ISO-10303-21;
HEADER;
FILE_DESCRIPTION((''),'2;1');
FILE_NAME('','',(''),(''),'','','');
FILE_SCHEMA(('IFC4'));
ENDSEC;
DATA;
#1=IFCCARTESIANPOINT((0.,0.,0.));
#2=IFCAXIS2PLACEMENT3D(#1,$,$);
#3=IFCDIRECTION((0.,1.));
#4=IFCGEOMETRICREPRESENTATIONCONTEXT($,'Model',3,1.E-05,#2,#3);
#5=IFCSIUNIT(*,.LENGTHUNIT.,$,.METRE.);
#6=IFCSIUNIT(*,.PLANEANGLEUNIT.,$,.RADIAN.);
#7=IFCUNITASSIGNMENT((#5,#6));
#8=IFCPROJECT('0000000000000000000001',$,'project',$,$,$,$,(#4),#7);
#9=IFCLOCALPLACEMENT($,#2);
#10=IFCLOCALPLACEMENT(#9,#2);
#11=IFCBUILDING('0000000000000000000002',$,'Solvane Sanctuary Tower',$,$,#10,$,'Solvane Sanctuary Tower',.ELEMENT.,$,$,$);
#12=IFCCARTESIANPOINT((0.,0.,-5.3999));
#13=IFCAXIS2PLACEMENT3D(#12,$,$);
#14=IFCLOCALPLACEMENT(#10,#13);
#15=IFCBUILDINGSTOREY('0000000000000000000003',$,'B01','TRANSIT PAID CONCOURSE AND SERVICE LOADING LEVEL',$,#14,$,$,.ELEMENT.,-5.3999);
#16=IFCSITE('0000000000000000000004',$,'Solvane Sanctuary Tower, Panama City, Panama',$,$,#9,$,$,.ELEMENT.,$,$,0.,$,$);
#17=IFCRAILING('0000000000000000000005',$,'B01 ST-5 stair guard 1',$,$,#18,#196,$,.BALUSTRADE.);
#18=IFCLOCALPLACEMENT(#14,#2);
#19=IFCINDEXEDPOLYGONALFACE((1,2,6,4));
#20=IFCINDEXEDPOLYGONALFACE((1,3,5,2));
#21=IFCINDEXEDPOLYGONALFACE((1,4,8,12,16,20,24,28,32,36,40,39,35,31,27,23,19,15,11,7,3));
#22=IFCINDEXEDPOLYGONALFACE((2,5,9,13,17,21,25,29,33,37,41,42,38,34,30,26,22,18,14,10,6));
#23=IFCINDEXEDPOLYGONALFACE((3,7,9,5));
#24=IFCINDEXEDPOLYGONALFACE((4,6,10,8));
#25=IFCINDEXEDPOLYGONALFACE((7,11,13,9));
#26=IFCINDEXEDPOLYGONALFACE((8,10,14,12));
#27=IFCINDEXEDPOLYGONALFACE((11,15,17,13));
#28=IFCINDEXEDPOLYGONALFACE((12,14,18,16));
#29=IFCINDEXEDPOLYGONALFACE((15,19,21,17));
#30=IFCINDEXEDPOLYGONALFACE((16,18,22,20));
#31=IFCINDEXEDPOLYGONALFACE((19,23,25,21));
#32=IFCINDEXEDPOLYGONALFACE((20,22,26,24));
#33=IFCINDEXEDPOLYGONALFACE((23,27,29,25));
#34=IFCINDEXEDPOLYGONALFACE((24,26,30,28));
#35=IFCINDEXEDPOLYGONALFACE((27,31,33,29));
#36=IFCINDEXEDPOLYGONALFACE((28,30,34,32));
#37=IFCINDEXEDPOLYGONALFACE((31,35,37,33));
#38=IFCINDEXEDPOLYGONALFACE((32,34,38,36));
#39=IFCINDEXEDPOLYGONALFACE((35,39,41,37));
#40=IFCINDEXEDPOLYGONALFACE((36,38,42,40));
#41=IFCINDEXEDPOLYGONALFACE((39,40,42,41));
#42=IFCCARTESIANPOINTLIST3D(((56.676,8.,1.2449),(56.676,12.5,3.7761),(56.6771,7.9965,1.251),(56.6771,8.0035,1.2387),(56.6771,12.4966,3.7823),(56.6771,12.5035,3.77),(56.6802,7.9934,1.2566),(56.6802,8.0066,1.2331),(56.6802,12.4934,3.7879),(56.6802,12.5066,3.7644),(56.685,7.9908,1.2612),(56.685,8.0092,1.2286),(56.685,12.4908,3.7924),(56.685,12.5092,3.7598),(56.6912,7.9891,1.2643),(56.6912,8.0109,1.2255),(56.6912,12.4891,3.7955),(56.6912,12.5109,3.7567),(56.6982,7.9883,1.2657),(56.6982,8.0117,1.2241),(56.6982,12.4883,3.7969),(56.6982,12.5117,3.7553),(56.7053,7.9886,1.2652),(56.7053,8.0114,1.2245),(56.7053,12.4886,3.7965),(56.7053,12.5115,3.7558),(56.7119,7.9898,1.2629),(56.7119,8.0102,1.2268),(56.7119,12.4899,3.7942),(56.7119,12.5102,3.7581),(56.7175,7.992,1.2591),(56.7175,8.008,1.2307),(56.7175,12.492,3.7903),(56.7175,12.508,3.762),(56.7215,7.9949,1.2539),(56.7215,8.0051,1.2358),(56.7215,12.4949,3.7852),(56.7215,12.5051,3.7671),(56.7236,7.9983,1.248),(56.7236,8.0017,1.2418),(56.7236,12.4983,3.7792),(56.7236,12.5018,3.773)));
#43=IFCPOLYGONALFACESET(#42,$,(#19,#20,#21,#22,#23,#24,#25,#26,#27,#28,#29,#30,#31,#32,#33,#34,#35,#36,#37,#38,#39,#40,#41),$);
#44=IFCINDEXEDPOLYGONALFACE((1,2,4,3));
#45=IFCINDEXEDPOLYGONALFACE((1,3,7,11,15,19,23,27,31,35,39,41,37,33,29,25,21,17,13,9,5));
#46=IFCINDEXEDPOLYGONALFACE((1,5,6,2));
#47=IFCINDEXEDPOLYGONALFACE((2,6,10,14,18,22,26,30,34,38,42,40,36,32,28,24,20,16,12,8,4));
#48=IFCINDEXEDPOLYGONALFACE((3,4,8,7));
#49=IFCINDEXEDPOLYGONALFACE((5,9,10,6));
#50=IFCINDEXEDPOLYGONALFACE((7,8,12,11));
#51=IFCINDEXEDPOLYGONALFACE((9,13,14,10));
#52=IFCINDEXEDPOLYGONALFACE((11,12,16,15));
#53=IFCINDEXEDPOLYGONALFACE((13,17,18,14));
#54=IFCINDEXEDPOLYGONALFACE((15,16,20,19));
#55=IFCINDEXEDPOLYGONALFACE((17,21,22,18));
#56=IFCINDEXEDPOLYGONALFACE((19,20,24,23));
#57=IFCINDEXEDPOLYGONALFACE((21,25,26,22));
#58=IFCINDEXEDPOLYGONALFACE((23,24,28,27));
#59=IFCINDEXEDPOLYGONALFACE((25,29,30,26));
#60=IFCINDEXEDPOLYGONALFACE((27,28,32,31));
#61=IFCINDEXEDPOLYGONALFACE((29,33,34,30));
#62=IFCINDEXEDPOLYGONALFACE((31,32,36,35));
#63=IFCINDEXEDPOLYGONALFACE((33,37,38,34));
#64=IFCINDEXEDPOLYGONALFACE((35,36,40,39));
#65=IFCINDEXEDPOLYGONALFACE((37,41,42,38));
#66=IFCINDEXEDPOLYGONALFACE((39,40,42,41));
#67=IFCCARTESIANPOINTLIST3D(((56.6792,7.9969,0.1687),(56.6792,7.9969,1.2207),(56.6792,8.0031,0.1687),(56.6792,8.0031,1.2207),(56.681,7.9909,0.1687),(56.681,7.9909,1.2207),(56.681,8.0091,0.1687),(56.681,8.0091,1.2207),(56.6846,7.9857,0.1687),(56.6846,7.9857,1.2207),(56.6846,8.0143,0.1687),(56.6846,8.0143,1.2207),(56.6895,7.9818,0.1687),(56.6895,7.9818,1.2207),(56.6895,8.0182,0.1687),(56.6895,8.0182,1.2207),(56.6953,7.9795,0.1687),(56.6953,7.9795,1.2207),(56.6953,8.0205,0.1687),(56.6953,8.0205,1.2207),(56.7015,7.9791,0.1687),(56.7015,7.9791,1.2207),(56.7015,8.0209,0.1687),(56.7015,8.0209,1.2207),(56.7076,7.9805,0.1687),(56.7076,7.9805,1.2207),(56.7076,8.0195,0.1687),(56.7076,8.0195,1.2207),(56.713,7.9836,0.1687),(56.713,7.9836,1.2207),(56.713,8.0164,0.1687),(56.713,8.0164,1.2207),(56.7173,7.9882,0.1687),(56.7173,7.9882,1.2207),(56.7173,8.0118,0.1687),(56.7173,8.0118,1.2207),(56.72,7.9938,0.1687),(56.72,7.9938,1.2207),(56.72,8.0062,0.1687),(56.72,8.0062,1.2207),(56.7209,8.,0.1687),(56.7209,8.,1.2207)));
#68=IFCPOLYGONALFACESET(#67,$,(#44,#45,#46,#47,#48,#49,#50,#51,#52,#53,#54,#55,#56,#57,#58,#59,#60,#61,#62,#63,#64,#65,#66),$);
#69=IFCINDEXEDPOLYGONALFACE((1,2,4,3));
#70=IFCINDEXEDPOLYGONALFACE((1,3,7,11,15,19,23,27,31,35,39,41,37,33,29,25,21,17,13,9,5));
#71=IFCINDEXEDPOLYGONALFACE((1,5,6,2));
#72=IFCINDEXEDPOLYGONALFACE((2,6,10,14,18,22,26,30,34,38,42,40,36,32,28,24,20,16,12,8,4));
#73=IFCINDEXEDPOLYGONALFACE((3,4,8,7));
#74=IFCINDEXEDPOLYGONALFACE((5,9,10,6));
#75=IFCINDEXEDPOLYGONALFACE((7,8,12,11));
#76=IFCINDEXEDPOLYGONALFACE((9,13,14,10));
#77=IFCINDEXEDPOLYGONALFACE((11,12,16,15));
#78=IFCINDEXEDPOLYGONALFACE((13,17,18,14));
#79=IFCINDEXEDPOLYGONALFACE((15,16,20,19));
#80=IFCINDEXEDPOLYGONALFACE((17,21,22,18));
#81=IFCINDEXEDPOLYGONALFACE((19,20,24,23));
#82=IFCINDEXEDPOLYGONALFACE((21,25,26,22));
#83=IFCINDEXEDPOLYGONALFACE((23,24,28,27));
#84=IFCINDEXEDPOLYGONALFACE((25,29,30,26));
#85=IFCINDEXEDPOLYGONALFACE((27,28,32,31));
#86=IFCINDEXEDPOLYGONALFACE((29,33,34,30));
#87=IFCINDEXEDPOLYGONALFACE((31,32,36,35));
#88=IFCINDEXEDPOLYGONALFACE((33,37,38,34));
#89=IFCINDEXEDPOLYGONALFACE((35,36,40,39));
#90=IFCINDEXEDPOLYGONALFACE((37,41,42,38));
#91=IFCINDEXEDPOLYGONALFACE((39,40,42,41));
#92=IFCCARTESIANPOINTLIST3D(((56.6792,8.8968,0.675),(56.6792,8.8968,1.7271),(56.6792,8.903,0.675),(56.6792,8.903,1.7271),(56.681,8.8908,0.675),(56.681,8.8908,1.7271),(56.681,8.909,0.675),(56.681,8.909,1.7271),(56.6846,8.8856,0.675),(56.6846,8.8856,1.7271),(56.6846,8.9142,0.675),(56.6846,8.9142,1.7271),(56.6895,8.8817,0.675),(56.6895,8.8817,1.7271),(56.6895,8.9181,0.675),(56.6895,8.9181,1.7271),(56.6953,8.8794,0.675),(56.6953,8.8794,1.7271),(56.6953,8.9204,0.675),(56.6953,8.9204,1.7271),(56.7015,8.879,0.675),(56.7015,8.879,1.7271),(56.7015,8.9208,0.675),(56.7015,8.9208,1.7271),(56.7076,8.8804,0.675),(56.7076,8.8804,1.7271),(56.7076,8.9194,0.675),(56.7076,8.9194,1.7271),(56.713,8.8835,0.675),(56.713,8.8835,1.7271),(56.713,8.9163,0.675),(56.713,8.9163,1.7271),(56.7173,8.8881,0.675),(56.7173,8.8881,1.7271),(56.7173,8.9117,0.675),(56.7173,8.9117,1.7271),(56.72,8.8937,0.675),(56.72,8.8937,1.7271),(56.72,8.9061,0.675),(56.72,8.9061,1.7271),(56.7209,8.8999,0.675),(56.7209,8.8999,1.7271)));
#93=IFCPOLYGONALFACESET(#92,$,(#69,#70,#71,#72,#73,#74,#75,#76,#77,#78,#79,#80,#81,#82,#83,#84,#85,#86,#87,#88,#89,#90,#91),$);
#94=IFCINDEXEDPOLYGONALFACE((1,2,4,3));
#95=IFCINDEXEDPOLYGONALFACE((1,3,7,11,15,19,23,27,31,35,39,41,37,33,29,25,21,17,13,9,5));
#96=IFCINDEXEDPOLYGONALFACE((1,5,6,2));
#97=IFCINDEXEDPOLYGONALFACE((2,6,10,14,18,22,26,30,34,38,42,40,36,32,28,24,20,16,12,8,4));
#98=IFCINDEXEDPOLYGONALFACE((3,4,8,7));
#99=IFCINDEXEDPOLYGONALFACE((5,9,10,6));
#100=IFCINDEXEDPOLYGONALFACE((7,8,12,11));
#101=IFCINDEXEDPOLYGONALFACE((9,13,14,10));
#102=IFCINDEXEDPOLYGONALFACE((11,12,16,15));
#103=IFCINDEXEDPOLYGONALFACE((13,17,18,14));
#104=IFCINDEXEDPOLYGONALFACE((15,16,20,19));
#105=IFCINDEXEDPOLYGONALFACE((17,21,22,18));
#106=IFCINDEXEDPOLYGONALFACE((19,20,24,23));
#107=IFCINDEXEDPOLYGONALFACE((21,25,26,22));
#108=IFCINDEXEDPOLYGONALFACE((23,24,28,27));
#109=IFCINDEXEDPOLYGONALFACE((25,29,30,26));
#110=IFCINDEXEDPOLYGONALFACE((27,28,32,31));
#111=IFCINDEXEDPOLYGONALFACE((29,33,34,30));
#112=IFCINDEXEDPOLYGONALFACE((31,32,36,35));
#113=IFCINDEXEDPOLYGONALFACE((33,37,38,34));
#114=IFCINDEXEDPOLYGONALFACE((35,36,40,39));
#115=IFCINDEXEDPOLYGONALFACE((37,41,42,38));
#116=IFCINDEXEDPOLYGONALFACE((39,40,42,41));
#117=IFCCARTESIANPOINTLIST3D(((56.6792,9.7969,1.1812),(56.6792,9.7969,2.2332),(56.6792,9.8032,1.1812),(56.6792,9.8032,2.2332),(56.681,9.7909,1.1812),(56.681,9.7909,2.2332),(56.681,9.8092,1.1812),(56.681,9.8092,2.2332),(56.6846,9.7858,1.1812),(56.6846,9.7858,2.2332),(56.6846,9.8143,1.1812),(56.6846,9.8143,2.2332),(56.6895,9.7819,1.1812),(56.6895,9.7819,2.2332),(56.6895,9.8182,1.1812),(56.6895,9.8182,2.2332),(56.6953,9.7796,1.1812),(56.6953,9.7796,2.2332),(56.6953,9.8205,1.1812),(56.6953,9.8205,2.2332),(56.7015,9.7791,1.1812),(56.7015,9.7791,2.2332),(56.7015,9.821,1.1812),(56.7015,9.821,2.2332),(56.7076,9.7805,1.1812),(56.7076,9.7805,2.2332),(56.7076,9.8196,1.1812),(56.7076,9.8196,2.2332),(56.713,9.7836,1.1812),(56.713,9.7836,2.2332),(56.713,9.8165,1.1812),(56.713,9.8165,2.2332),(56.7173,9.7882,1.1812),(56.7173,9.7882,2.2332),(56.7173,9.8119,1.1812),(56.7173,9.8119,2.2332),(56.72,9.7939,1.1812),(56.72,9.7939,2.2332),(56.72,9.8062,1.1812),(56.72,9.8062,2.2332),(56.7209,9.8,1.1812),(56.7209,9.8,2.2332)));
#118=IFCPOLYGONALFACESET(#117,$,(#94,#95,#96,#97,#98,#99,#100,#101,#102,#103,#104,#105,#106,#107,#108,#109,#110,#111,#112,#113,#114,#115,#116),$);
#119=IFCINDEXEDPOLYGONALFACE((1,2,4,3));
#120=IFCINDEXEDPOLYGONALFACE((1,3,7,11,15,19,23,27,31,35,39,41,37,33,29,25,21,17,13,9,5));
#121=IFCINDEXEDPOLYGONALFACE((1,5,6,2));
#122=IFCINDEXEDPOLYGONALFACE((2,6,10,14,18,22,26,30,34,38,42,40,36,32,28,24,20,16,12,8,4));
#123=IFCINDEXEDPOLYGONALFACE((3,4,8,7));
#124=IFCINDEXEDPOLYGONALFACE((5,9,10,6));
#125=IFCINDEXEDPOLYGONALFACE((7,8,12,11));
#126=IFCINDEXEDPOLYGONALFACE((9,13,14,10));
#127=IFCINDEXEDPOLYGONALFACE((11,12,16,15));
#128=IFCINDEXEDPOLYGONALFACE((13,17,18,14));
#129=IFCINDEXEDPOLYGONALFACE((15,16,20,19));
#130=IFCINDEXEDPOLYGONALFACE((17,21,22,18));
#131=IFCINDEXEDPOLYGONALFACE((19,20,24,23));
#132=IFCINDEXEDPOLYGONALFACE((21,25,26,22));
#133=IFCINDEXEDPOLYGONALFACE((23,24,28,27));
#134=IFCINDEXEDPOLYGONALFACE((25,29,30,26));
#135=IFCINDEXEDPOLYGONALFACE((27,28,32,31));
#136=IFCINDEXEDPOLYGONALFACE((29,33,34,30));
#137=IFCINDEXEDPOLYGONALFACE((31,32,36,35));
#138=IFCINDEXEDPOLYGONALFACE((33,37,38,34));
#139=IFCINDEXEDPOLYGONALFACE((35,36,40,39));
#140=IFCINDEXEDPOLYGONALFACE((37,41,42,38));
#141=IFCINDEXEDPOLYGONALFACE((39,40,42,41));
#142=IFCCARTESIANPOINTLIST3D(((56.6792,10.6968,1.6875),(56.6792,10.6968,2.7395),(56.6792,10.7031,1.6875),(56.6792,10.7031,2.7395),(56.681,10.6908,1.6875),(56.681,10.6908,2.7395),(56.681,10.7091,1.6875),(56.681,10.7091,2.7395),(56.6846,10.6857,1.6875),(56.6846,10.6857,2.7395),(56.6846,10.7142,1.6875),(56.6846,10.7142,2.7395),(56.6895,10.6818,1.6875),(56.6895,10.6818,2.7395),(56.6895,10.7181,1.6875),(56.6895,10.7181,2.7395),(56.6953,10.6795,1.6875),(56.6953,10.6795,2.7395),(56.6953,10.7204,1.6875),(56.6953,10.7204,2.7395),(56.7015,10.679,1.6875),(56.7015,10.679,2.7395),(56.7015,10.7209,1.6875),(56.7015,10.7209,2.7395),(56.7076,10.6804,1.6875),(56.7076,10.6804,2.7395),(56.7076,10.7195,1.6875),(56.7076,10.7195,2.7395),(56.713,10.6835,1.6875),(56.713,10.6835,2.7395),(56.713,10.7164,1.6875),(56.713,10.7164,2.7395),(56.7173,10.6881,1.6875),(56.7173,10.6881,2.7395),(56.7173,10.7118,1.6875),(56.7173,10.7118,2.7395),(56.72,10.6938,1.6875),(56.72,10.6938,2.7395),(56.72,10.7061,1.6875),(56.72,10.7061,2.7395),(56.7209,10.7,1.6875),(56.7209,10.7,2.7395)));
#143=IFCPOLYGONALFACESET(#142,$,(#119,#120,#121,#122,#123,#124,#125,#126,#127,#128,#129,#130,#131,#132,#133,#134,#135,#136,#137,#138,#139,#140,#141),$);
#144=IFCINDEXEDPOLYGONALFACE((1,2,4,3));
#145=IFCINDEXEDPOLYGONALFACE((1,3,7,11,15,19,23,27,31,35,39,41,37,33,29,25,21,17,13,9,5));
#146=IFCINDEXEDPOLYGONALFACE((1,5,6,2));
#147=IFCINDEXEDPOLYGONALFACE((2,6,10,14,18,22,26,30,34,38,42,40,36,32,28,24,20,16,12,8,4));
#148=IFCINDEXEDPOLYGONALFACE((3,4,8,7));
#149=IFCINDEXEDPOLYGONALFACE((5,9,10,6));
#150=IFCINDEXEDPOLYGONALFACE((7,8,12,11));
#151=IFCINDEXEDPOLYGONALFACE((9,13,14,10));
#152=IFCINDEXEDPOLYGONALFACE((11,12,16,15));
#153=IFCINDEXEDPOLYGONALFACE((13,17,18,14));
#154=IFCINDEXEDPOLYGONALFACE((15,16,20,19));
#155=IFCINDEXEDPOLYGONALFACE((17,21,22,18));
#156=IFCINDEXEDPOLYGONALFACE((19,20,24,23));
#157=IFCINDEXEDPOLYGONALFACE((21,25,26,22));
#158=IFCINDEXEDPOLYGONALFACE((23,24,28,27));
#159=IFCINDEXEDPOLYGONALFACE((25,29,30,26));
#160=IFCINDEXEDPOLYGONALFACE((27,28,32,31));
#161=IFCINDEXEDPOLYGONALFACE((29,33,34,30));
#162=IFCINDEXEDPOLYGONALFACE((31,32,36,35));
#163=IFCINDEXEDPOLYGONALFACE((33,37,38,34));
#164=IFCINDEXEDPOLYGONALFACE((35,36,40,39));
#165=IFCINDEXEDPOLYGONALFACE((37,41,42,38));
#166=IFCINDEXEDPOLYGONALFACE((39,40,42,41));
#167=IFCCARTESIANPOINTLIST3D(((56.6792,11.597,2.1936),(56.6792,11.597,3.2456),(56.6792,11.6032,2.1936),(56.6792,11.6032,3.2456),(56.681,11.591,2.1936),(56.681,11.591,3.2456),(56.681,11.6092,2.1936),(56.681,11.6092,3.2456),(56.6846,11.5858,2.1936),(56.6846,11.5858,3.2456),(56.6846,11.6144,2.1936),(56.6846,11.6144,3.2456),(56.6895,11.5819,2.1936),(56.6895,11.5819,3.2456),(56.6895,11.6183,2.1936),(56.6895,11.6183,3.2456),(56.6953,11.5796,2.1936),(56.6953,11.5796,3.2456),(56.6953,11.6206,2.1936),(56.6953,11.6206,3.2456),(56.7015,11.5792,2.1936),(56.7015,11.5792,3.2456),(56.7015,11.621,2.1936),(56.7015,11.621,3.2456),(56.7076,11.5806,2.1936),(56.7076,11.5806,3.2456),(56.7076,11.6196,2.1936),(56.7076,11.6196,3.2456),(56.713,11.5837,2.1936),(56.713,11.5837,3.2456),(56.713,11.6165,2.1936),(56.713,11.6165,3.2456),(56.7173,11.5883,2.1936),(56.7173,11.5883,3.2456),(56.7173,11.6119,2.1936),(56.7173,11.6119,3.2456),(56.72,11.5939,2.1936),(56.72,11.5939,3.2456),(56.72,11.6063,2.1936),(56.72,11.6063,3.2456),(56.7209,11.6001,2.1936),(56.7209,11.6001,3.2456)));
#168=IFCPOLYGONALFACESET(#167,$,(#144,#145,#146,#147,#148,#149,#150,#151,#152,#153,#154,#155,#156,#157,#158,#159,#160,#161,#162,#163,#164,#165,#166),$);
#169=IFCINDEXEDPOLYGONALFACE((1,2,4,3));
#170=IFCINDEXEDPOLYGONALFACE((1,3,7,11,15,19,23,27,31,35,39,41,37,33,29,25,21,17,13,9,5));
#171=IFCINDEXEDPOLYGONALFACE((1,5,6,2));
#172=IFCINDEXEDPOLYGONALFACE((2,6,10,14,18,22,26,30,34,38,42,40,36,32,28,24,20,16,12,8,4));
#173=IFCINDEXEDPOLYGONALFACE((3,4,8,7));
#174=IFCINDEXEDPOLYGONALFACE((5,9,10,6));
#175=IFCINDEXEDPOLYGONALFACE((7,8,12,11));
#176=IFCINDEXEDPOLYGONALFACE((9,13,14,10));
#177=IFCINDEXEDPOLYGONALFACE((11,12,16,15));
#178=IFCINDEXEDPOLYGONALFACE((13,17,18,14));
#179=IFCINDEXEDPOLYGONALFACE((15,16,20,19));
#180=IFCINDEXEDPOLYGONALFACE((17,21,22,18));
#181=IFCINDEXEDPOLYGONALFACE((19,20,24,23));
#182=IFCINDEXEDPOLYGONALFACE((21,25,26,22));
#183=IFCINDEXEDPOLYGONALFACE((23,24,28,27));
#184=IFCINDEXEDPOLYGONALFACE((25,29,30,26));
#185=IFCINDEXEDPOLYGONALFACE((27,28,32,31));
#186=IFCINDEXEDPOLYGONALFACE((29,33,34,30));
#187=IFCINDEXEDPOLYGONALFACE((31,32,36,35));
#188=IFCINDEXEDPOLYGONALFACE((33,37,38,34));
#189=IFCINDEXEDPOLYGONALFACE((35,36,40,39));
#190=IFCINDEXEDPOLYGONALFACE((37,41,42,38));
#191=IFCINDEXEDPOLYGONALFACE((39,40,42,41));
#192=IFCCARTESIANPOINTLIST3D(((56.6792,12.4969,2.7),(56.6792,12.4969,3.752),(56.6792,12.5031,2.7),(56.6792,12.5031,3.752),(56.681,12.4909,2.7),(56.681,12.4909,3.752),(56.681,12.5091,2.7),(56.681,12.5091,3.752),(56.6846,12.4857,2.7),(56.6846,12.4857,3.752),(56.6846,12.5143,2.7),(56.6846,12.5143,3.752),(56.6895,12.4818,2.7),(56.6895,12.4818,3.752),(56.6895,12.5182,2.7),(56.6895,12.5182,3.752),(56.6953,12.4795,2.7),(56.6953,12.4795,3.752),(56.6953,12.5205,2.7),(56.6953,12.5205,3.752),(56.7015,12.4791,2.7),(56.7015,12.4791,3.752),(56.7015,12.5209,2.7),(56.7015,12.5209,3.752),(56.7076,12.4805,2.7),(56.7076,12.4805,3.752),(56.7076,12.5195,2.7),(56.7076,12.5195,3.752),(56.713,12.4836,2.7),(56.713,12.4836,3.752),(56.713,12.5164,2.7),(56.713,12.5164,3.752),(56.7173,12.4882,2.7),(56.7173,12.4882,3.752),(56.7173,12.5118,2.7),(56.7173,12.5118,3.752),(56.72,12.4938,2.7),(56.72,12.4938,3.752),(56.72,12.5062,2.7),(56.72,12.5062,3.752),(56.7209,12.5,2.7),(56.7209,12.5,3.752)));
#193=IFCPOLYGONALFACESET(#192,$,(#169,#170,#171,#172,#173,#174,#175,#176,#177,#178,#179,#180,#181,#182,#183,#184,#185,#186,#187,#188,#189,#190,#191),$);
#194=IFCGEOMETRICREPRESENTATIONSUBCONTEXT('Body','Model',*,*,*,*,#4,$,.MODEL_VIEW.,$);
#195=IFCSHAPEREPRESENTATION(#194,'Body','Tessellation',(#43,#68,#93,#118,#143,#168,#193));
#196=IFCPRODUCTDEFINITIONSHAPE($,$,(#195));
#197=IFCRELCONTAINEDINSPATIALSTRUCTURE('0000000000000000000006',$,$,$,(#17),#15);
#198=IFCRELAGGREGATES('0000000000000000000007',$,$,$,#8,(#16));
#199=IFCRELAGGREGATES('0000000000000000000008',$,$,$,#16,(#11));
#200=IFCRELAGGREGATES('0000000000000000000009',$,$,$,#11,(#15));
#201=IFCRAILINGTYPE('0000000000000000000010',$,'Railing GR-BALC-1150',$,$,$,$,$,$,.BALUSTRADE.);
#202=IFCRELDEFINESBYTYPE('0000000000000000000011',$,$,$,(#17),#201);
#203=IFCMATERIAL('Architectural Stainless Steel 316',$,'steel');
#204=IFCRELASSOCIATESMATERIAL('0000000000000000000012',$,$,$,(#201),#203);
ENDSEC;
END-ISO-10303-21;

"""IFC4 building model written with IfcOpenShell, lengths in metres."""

from ifc_helpers import new_model, si_unit, direction, frame, origin, origin_2d, place, context, subcontext, project, spatial, circle, extrude, material, type_object, element, save


model = new_model("IFC4")

# Units and contexts
model_context = context("Model", 3, precision=1e-05, world=origin(), true_north=direction((0.0, 1.0)))
body_context = subcontext(model_context, "Body", "Model", "MODEL_VIEW")
ifc_project = project(units=[si_unit("LENGTHUNIT", "METRE"), si_unit("PLANEANGLEUNIT", "RADIAN")], contexts=[model_context])

# Site, building, storey
site_placement = place(None, origin())
site = spatial("IfcSite", under=ifc_project, at=site_placement, Name="Solvane Sanctuary Tower, Panama City, Panama", CompositionType="ELEMENT", RefElevation=0.0)
building_placement = place(site_placement, origin())
building = spatial("IfcBuilding", under=site, at=building_placement, Name="Solvane Sanctuary Tower", LongName="Solvane Sanctuary Tower", CompositionType="ELEMENT")
storey_placement = place(building_placement, frame((0.0, 0.0, -5.3999)))
storey = spatial("IfcBuildingStorey", under=building, at=storey_placement, Name="B01", Description="TRANSIT PAID CONCOURSE AND SERVICE LOADING LEVEL", CompositionType="ELEMENT", Elevation=-5.3999)

# Shared definitions
ifc_material_1 = material(Name="Architectural Stainless Steel 316", Category="steel")

# Railing
railing_type_1 = type_object("IfcRailingType", Name="Railing GR-BALC-1150", PredefinedType="BALUSTRADE", material=ifc_material_1)
railing_1_placement = place(storey_placement, frame((56.7, 8.0, 0.1687)))
element("IfcRailing", 1, at=railing_1_placement, inside=storey, type_object=railing_type_1, Name="B01 ST-5 stair guard 1", PredefinedType="BALUSTRADE", context=body_context, shape_type="SweptSolid", body=[
    extrude(circle(Radius=0.0239, at=origin_2d()), frame((0.0, 0.0, 1.0762), z_axis=(0.0, 0.871576, 0.490261), x_axis=(-1.0, 0.0, 0.0)), (0.0, 0.0, 1.0), 5.1631),
    extrude(circle(Radius=0.021, at=origin_2d()), origin(), (0.0, 0.0, 1.0), 1.052),
    extrude(circle(Radius=0.021, at=origin_2d()), frame((0.0, 0.8999, 0.5063)), (0.0, 0.0, 1.0), 1.052),
    extrude(circle(Radius=0.021, at=origin_2d()), frame((0.0, 1.8, 1.0125)), (0.0, 0.0, 1.0), 1.052),
    extrude(circle(Radius=0.021, at=origin_2d()), frame((0.0, 2.7, 1.5188)), (0.0, 0.0, 1.0), 1.052),
    extrude(circle(Radius=0.021, at=origin_2d()), frame((0.0, 3.6001, 2.0249)), (0.0, 0.0, 1.0), 1.052),
    extrude(circle(Radius=0.021, at=origin_2d()), frame((0.0, 4.5, 2.5312)), (0.0, 0.0, 1.0), 1.052),
])

save(model, "model.ifc")
